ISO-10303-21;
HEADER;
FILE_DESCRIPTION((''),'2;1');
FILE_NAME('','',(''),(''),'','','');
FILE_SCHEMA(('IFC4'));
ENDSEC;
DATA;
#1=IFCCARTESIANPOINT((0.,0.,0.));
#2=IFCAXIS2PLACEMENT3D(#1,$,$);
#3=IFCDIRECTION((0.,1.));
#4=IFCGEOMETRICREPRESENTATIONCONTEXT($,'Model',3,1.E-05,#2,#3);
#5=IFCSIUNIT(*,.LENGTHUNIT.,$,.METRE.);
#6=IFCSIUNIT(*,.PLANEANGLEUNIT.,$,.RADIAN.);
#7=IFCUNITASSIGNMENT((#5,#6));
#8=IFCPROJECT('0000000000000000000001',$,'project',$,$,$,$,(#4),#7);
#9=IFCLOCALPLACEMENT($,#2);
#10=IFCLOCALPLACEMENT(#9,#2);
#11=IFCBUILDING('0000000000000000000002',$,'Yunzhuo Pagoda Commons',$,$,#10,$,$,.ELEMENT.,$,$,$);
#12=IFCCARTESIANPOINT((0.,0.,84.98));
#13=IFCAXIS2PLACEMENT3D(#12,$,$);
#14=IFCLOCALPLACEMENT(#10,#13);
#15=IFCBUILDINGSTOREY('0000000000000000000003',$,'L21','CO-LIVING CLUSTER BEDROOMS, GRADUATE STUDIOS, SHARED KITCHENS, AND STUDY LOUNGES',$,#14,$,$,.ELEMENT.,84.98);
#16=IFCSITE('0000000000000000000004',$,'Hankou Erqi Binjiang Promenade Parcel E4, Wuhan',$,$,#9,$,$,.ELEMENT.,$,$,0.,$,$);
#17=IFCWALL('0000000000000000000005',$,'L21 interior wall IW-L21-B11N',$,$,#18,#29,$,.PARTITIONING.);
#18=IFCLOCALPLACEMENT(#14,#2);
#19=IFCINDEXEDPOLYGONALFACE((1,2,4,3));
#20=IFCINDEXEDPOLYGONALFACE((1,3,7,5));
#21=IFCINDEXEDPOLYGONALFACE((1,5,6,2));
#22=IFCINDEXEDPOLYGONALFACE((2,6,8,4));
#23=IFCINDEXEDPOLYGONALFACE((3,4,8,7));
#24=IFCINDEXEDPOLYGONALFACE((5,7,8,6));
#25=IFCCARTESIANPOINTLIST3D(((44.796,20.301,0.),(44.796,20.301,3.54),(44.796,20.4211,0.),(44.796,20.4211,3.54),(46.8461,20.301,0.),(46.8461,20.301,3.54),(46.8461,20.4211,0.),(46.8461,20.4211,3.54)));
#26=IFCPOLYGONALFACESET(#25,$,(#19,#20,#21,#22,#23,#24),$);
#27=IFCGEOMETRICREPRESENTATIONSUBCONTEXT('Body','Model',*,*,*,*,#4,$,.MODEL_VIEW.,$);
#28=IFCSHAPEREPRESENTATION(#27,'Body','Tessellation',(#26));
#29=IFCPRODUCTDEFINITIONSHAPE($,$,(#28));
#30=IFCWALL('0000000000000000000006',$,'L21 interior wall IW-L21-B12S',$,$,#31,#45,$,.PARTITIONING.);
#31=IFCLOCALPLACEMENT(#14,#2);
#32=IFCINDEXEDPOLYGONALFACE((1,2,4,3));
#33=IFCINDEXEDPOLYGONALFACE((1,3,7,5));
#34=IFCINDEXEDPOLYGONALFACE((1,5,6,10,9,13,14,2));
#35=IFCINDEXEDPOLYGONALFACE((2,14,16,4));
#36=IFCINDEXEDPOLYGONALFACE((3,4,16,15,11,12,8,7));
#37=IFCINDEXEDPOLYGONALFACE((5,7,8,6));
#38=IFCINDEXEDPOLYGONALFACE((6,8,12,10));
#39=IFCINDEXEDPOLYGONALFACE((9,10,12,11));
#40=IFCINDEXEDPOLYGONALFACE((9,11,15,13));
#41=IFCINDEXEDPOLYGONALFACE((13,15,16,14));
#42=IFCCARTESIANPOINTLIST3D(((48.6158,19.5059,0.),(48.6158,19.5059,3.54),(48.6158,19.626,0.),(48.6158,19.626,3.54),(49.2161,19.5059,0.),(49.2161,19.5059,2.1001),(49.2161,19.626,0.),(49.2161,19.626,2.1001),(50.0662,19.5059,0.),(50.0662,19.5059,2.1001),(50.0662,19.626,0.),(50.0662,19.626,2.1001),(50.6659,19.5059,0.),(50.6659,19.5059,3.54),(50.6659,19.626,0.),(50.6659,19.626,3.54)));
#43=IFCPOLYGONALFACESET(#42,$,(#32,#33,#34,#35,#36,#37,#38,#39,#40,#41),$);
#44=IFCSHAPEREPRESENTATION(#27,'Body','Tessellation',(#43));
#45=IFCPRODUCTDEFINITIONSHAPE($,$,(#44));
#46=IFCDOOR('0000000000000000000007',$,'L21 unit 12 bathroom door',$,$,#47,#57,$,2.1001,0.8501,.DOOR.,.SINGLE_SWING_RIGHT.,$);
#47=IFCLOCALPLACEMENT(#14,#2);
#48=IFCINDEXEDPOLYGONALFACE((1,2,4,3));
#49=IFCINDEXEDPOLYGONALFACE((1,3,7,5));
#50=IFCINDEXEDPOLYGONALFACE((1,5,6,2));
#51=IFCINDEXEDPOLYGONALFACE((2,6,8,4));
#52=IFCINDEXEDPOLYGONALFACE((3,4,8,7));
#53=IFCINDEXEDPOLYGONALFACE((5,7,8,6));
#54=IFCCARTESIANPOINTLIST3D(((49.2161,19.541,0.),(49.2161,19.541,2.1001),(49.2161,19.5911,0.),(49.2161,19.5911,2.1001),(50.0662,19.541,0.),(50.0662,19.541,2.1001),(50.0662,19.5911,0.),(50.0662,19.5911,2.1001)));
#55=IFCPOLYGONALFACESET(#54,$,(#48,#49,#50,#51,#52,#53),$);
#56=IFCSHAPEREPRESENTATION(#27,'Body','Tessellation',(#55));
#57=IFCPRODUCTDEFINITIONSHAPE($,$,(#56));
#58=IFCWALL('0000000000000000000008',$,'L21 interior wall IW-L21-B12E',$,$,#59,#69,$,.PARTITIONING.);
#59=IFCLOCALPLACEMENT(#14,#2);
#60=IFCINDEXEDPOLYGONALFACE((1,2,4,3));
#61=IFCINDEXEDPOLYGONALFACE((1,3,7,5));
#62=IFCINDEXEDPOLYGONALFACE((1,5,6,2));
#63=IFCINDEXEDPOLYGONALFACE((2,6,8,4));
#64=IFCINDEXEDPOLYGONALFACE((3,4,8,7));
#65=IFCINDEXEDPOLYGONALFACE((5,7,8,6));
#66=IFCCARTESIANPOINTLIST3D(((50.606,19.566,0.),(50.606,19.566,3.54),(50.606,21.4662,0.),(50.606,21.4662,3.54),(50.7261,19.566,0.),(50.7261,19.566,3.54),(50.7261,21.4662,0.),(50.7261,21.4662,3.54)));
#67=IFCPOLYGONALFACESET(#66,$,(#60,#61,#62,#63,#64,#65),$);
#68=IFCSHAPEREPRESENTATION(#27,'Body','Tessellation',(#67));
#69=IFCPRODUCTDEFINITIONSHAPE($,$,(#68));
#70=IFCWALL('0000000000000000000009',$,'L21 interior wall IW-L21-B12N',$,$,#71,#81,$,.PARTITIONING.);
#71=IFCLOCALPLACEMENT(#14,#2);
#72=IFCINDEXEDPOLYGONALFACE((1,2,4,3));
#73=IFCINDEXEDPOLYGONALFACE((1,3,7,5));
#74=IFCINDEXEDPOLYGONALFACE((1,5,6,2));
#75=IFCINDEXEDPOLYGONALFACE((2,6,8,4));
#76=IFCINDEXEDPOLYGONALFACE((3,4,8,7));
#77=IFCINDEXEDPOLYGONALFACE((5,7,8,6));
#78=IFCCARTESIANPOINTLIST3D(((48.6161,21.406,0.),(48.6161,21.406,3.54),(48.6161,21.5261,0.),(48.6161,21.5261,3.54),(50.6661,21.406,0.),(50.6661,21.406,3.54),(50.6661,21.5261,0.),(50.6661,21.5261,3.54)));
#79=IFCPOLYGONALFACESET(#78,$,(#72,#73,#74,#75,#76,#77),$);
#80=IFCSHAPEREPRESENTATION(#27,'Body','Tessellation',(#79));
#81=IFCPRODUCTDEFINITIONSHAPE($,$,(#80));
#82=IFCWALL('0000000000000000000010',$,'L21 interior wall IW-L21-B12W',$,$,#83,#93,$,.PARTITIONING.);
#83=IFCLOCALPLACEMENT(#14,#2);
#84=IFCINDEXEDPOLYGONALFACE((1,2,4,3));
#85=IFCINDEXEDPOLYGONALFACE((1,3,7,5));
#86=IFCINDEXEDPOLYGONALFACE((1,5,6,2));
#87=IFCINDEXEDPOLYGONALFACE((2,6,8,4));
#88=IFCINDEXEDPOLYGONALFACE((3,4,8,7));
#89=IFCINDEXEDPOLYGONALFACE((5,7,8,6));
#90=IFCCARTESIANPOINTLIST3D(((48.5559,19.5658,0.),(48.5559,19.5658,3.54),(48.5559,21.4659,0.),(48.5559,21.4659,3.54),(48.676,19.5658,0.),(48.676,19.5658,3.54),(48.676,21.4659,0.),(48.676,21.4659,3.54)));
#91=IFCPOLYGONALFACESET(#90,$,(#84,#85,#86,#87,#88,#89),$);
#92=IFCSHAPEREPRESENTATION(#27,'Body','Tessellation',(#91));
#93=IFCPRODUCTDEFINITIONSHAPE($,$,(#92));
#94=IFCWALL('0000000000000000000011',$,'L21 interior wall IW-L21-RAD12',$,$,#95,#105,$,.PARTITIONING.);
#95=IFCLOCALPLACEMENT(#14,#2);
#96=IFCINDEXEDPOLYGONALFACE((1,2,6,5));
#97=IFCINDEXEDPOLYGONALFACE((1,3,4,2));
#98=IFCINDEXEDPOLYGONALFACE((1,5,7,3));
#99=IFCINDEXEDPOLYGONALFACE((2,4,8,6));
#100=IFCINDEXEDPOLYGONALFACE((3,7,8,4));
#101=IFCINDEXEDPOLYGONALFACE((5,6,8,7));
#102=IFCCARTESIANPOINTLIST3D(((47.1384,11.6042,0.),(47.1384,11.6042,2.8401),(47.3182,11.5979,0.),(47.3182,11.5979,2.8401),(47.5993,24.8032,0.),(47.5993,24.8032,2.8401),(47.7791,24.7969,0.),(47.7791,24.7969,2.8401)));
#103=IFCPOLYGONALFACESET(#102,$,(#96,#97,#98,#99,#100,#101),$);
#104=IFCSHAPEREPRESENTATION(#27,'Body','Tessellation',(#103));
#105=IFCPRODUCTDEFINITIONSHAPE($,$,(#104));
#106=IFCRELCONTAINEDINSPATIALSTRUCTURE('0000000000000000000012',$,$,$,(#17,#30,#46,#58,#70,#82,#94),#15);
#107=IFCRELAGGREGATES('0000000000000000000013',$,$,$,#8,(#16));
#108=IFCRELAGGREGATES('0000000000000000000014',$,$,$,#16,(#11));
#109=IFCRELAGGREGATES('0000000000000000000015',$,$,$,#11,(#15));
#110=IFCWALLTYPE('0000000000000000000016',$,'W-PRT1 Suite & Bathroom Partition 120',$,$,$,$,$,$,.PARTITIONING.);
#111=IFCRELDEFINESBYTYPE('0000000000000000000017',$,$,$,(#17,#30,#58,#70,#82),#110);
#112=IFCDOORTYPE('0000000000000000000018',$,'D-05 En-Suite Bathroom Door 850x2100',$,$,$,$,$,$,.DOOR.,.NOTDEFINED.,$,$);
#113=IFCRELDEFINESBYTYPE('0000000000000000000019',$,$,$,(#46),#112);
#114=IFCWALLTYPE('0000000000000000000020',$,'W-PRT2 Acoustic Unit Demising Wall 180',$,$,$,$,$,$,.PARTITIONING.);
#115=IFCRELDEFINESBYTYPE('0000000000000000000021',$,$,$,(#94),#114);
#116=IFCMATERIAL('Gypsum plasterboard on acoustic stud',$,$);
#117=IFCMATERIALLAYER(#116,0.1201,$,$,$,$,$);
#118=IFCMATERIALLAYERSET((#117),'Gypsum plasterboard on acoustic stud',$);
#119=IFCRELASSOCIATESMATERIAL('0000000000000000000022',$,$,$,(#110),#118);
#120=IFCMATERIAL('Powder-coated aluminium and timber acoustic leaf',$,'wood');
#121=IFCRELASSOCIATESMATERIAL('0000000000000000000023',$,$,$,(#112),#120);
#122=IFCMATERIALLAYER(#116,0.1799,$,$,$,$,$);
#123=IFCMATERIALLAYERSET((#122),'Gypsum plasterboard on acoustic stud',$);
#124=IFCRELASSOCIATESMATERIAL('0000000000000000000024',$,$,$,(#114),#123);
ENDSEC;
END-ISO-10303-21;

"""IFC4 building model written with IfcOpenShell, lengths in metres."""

from ifc_helpers import new_model, si_unit, direction, frame, frame_2d, origin, place, context, subcontext, project, spatial, rectangle, extrude, source, transform, mapped, material, layer, layer_set, type_object, element, fill, save


model = new_model("IFC4")

# Units and contexts
model_context = context("Model", 3, precision=1e-05, world=origin(), true_north=direction((0.0, 1.0)))
body_context = subcontext(model_context, "Body", "Model", "MODEL_VIEW")
ifc_project = project(units=[si_unit("LENGTHUNIT", "METRE"), si_unit("PLANEANGLEUNIT", "RADIAN")], contexts=[model_context])

# Site, building, storey
site_placement = place(None, origin())
site = spatial("IfcSite", under=ifc_project, at=site_placement, Name="Hankou Erqi Binjiang Promenade Parcel E4, Wuhan", CompositionType="ELEMENT", RefElevation=0.0)
building_placement = place(site_placement, origin())
building = spatial("IfcBuilding", under=site, at=building_placement, Name="Yunzhuo Pagoda Commons", CompositionType="ELEMENT")
storey_placement = place(building_placement, frame((0.0, 0.0, 84.98)))
storey = spatial("IfcBuildingStorey", under=building, at=storey_placement, Name="L21", Description="CO-LIVING CLUSTER BEDROOMS, GRADUATE STUDIOS, SHARED KITCHENS, AND STUDY LOUNGES", CompositionType="ELEMENT", Elevation=84.98)

# Shared definitions
ifc_material_1 = material(Name="Gypsum plasterboard on acoustic stud")

# Wall
ifc_layer_1 = layer(ifc_material_1, 0.1201)
ifc_layer_set_1 = layer_set([ifc_layer_1], Name="Gypsum plasterboard on acoustic stud")
wall_type_1 = type_object("IfcWallType", Name="W-PRT1 Suite & Bathroom Partition 120", PredefinedType="PARTITIONING", material=ifc_layer_set_1)
wall_1_placement = place(storey_placement, frame((46.8459, 20.3611, 0.0), z_axis=(0.0, 0.0, 1.0), x_axis=(-1.0, 0.0, 0.0)))
element("IfcWall", 1, at=wall_1_placement, inside=storey, type_object=wall_type_1, Name="L21 interior wall IW-L21-B11N", PredefinedType="PARTITIONING", context=body_context, shape_type="SweptSolid", body=[
    extrude(rectangle(XDim=2.05, YDim=0.1201, at=frame_2d((1.0249, 0.0))), origin(), (0.0, 0.0, 1.0), 3.54),
])

# Wall, opening, door
wall_2_placement = place(storey_placement, frame((48.616, 19.5659, 0.0), z_axis=(0.0, 0.0, 1.0), x_axis=(1.0, 0.0, 0.0)))
wall_2 = element("IfcWall", 2, at=wall_2_placement, inside=storey, type_object=wall_type_1, Name="L21 interior wall IW-L21-B12S", PredefinedType="PARTITIONING", context=body_context, shape_type="SweptSolid", body=[
    extrude(rectangle(XDim=2.05, YDim=0.1201, at=frame_2d((1.0249, 0.0))), origin(), (0.0, 0.0, 1.0), 3.54),
])
opening_1_placement = place(wall_2_placement, frame((0.6001, 0.0, 0.0)))
opening_1 = element("IfcOpeningElement", 3, at=opening_1_placement, cuts=wall_2, PredefinedType="OPENING", context=body_context, shape_type="SweptSolid", body=[
    extrude(rectangle(XDim=0.8501, YDim=2.1001, at=frame_2d((0.425, 1.05))), frame((0.0, 0.0701, 0.0), z_axis=(0.0, -1.0, 0.0), x_axis=(1.0, 0.0, 0.0)), (0.0, 0.0, 1.0), 0.1401),
])
ifc_material_2 = material(Name="Powder-coated aluminium and timber acoustic leaf", Category="wood")
door_type_1 = type_object("IfcDoorType", Name="D-05 En-Suite Bathroom Door 850x2100", OperationType="NOTDEFINED", PredefinedType="DOOR", material=ifc_material_2)
shared_shape_1 = source(origin(), body_context, "Body", "SweptSolid", [
    extrude(rectangle(XDim=0.8501, YDim=2.1001, at=frame_2d((0.425, 1.05))), frame((0.0, 0.0249, 0.0), z_axis=(0.0, -1.0, 0.0), x_axis=(1.0, 0.0, 0.0)), (0.0, 0.0, 1.0), 0.05),
])
door_1_placement = place(opening_1_placement, frame((0.8501, 0.0, 0.0), z_axis=(0.0, 0.0, 1.0), x_axis=(-1.0, 0.0, 0.0)))
door_1 = element("IfcDoor", 4, at=door_1_placement, inside=storey, type_object=door_type_1, Name="L21 unit 12 bathroom door", OperationType="SINGLE_SWING_RIGHT", OverallHeight=2.1001, OverallWidth=0.8501, PredefinedType="DOOR", context=body_context, shape_type="MappedRepresentation", body=[
    mapped(shared_shape_1, transform((0.0, 0.0, 0.0), scale=1.0)),
])
fill(opening_1, door_1)

# Walls
wall_3_placement = place(storey_placement, frame((50.666, 19.5659, 0.0), z_axis=(0.0, 0.0, 1.0), x_axis=(0.0, 1.0, 0.0)))
element("IfcWall", 5, at=wall_3_placement, inside=storey, type_object=wall_type_1, Name="L21 interior wall IW-L21-B12E", PredefinedType="PARTITIONING", context=body_context, shape_type="SweptSolid", body=[
    extrude(rectangle(XDim=1.9001, YDim=0.1201, at=frame_2d((0.9502, 0.0))), origin(), (0.0, 0.0, 1.0), 3.54),
])
wall_4_placement = place(storey_placement, frame((50.666, 21.4661, 0.0), z_axis=(0.0, 0.0, 1.0), x_axis=(-1.0, 0.0, 0.0)))
element("IfcWall", 6, at=wall_4_placement, inside=storey, type_object=wall_type_1, Name="L21 interior wall IW-L21-B12N", PredefinedType="PARTITIONING", context=body_context, shape_type="SweptSolid", body=[
    extrude(rectangle(XDim=2.05, YDim=0.1201, at=frame_2d((1.0249, 0.0))), origin(), (0.0, 0.0, 1.0), 3.54),
])
wall_5_placement = place(storey_placement, frame((48.616, 21.4661, 0.0), z_axis=(0.0, 0.0, 1.0), x_axis=(0.0, -1.0, 0.0)))
element("IfcWall", 7, at=wall_5_placement, inside=storey, type_object=wall_type_1, Name="L21 interior wall IW-L21-B12W", PredefinedType="PARTITIONING", context=body_context, shape_type="SweptSolid", body=[
    extrude(rectangle(XDim=1.9001, YDim=0.1201, at=frame_2d((0.9502, 0.0))), origin(), (0.0, 0.0, 1.0), 3.54),
])
ifc_layer_2 = layer(ifc_material_1, 0.1799)
ifc_layer_set_2 = layer_set([ifc_layer_2], Name="Gypsum plasterboard on acoustic stud")
wall_type_2 = type_object("IfcWallType", Name="W-PRT2 Acoustic Unit Demising Wall 180", PredefinedType="PARTITIONING", material=ifc_layer_set_2)
wall_6_placement = place(storey_placement, frame((47.6892, 24.8, 0.0), z_axis=(0.0, 0.0, 1.0), x_axis=(-0.034901, -0.999391, 0.0)))
element("IfcWall", 8, at=wall_6_placement, inside=storey, type_object=wall_type_2, Name="L21 interior wall IW-L21-RAD12", PredefinedType="PARTITIONING", context=body_context, shape_type="SweptSolid", body=[
    extrude(rectangle(XDim=13.207, YDim=0.1799, at=frame_2d((6.6035, 0.0))), origin(), (0.0, 0.0, 1.0), 2.8401),
])

save(model, "model.ifc")
